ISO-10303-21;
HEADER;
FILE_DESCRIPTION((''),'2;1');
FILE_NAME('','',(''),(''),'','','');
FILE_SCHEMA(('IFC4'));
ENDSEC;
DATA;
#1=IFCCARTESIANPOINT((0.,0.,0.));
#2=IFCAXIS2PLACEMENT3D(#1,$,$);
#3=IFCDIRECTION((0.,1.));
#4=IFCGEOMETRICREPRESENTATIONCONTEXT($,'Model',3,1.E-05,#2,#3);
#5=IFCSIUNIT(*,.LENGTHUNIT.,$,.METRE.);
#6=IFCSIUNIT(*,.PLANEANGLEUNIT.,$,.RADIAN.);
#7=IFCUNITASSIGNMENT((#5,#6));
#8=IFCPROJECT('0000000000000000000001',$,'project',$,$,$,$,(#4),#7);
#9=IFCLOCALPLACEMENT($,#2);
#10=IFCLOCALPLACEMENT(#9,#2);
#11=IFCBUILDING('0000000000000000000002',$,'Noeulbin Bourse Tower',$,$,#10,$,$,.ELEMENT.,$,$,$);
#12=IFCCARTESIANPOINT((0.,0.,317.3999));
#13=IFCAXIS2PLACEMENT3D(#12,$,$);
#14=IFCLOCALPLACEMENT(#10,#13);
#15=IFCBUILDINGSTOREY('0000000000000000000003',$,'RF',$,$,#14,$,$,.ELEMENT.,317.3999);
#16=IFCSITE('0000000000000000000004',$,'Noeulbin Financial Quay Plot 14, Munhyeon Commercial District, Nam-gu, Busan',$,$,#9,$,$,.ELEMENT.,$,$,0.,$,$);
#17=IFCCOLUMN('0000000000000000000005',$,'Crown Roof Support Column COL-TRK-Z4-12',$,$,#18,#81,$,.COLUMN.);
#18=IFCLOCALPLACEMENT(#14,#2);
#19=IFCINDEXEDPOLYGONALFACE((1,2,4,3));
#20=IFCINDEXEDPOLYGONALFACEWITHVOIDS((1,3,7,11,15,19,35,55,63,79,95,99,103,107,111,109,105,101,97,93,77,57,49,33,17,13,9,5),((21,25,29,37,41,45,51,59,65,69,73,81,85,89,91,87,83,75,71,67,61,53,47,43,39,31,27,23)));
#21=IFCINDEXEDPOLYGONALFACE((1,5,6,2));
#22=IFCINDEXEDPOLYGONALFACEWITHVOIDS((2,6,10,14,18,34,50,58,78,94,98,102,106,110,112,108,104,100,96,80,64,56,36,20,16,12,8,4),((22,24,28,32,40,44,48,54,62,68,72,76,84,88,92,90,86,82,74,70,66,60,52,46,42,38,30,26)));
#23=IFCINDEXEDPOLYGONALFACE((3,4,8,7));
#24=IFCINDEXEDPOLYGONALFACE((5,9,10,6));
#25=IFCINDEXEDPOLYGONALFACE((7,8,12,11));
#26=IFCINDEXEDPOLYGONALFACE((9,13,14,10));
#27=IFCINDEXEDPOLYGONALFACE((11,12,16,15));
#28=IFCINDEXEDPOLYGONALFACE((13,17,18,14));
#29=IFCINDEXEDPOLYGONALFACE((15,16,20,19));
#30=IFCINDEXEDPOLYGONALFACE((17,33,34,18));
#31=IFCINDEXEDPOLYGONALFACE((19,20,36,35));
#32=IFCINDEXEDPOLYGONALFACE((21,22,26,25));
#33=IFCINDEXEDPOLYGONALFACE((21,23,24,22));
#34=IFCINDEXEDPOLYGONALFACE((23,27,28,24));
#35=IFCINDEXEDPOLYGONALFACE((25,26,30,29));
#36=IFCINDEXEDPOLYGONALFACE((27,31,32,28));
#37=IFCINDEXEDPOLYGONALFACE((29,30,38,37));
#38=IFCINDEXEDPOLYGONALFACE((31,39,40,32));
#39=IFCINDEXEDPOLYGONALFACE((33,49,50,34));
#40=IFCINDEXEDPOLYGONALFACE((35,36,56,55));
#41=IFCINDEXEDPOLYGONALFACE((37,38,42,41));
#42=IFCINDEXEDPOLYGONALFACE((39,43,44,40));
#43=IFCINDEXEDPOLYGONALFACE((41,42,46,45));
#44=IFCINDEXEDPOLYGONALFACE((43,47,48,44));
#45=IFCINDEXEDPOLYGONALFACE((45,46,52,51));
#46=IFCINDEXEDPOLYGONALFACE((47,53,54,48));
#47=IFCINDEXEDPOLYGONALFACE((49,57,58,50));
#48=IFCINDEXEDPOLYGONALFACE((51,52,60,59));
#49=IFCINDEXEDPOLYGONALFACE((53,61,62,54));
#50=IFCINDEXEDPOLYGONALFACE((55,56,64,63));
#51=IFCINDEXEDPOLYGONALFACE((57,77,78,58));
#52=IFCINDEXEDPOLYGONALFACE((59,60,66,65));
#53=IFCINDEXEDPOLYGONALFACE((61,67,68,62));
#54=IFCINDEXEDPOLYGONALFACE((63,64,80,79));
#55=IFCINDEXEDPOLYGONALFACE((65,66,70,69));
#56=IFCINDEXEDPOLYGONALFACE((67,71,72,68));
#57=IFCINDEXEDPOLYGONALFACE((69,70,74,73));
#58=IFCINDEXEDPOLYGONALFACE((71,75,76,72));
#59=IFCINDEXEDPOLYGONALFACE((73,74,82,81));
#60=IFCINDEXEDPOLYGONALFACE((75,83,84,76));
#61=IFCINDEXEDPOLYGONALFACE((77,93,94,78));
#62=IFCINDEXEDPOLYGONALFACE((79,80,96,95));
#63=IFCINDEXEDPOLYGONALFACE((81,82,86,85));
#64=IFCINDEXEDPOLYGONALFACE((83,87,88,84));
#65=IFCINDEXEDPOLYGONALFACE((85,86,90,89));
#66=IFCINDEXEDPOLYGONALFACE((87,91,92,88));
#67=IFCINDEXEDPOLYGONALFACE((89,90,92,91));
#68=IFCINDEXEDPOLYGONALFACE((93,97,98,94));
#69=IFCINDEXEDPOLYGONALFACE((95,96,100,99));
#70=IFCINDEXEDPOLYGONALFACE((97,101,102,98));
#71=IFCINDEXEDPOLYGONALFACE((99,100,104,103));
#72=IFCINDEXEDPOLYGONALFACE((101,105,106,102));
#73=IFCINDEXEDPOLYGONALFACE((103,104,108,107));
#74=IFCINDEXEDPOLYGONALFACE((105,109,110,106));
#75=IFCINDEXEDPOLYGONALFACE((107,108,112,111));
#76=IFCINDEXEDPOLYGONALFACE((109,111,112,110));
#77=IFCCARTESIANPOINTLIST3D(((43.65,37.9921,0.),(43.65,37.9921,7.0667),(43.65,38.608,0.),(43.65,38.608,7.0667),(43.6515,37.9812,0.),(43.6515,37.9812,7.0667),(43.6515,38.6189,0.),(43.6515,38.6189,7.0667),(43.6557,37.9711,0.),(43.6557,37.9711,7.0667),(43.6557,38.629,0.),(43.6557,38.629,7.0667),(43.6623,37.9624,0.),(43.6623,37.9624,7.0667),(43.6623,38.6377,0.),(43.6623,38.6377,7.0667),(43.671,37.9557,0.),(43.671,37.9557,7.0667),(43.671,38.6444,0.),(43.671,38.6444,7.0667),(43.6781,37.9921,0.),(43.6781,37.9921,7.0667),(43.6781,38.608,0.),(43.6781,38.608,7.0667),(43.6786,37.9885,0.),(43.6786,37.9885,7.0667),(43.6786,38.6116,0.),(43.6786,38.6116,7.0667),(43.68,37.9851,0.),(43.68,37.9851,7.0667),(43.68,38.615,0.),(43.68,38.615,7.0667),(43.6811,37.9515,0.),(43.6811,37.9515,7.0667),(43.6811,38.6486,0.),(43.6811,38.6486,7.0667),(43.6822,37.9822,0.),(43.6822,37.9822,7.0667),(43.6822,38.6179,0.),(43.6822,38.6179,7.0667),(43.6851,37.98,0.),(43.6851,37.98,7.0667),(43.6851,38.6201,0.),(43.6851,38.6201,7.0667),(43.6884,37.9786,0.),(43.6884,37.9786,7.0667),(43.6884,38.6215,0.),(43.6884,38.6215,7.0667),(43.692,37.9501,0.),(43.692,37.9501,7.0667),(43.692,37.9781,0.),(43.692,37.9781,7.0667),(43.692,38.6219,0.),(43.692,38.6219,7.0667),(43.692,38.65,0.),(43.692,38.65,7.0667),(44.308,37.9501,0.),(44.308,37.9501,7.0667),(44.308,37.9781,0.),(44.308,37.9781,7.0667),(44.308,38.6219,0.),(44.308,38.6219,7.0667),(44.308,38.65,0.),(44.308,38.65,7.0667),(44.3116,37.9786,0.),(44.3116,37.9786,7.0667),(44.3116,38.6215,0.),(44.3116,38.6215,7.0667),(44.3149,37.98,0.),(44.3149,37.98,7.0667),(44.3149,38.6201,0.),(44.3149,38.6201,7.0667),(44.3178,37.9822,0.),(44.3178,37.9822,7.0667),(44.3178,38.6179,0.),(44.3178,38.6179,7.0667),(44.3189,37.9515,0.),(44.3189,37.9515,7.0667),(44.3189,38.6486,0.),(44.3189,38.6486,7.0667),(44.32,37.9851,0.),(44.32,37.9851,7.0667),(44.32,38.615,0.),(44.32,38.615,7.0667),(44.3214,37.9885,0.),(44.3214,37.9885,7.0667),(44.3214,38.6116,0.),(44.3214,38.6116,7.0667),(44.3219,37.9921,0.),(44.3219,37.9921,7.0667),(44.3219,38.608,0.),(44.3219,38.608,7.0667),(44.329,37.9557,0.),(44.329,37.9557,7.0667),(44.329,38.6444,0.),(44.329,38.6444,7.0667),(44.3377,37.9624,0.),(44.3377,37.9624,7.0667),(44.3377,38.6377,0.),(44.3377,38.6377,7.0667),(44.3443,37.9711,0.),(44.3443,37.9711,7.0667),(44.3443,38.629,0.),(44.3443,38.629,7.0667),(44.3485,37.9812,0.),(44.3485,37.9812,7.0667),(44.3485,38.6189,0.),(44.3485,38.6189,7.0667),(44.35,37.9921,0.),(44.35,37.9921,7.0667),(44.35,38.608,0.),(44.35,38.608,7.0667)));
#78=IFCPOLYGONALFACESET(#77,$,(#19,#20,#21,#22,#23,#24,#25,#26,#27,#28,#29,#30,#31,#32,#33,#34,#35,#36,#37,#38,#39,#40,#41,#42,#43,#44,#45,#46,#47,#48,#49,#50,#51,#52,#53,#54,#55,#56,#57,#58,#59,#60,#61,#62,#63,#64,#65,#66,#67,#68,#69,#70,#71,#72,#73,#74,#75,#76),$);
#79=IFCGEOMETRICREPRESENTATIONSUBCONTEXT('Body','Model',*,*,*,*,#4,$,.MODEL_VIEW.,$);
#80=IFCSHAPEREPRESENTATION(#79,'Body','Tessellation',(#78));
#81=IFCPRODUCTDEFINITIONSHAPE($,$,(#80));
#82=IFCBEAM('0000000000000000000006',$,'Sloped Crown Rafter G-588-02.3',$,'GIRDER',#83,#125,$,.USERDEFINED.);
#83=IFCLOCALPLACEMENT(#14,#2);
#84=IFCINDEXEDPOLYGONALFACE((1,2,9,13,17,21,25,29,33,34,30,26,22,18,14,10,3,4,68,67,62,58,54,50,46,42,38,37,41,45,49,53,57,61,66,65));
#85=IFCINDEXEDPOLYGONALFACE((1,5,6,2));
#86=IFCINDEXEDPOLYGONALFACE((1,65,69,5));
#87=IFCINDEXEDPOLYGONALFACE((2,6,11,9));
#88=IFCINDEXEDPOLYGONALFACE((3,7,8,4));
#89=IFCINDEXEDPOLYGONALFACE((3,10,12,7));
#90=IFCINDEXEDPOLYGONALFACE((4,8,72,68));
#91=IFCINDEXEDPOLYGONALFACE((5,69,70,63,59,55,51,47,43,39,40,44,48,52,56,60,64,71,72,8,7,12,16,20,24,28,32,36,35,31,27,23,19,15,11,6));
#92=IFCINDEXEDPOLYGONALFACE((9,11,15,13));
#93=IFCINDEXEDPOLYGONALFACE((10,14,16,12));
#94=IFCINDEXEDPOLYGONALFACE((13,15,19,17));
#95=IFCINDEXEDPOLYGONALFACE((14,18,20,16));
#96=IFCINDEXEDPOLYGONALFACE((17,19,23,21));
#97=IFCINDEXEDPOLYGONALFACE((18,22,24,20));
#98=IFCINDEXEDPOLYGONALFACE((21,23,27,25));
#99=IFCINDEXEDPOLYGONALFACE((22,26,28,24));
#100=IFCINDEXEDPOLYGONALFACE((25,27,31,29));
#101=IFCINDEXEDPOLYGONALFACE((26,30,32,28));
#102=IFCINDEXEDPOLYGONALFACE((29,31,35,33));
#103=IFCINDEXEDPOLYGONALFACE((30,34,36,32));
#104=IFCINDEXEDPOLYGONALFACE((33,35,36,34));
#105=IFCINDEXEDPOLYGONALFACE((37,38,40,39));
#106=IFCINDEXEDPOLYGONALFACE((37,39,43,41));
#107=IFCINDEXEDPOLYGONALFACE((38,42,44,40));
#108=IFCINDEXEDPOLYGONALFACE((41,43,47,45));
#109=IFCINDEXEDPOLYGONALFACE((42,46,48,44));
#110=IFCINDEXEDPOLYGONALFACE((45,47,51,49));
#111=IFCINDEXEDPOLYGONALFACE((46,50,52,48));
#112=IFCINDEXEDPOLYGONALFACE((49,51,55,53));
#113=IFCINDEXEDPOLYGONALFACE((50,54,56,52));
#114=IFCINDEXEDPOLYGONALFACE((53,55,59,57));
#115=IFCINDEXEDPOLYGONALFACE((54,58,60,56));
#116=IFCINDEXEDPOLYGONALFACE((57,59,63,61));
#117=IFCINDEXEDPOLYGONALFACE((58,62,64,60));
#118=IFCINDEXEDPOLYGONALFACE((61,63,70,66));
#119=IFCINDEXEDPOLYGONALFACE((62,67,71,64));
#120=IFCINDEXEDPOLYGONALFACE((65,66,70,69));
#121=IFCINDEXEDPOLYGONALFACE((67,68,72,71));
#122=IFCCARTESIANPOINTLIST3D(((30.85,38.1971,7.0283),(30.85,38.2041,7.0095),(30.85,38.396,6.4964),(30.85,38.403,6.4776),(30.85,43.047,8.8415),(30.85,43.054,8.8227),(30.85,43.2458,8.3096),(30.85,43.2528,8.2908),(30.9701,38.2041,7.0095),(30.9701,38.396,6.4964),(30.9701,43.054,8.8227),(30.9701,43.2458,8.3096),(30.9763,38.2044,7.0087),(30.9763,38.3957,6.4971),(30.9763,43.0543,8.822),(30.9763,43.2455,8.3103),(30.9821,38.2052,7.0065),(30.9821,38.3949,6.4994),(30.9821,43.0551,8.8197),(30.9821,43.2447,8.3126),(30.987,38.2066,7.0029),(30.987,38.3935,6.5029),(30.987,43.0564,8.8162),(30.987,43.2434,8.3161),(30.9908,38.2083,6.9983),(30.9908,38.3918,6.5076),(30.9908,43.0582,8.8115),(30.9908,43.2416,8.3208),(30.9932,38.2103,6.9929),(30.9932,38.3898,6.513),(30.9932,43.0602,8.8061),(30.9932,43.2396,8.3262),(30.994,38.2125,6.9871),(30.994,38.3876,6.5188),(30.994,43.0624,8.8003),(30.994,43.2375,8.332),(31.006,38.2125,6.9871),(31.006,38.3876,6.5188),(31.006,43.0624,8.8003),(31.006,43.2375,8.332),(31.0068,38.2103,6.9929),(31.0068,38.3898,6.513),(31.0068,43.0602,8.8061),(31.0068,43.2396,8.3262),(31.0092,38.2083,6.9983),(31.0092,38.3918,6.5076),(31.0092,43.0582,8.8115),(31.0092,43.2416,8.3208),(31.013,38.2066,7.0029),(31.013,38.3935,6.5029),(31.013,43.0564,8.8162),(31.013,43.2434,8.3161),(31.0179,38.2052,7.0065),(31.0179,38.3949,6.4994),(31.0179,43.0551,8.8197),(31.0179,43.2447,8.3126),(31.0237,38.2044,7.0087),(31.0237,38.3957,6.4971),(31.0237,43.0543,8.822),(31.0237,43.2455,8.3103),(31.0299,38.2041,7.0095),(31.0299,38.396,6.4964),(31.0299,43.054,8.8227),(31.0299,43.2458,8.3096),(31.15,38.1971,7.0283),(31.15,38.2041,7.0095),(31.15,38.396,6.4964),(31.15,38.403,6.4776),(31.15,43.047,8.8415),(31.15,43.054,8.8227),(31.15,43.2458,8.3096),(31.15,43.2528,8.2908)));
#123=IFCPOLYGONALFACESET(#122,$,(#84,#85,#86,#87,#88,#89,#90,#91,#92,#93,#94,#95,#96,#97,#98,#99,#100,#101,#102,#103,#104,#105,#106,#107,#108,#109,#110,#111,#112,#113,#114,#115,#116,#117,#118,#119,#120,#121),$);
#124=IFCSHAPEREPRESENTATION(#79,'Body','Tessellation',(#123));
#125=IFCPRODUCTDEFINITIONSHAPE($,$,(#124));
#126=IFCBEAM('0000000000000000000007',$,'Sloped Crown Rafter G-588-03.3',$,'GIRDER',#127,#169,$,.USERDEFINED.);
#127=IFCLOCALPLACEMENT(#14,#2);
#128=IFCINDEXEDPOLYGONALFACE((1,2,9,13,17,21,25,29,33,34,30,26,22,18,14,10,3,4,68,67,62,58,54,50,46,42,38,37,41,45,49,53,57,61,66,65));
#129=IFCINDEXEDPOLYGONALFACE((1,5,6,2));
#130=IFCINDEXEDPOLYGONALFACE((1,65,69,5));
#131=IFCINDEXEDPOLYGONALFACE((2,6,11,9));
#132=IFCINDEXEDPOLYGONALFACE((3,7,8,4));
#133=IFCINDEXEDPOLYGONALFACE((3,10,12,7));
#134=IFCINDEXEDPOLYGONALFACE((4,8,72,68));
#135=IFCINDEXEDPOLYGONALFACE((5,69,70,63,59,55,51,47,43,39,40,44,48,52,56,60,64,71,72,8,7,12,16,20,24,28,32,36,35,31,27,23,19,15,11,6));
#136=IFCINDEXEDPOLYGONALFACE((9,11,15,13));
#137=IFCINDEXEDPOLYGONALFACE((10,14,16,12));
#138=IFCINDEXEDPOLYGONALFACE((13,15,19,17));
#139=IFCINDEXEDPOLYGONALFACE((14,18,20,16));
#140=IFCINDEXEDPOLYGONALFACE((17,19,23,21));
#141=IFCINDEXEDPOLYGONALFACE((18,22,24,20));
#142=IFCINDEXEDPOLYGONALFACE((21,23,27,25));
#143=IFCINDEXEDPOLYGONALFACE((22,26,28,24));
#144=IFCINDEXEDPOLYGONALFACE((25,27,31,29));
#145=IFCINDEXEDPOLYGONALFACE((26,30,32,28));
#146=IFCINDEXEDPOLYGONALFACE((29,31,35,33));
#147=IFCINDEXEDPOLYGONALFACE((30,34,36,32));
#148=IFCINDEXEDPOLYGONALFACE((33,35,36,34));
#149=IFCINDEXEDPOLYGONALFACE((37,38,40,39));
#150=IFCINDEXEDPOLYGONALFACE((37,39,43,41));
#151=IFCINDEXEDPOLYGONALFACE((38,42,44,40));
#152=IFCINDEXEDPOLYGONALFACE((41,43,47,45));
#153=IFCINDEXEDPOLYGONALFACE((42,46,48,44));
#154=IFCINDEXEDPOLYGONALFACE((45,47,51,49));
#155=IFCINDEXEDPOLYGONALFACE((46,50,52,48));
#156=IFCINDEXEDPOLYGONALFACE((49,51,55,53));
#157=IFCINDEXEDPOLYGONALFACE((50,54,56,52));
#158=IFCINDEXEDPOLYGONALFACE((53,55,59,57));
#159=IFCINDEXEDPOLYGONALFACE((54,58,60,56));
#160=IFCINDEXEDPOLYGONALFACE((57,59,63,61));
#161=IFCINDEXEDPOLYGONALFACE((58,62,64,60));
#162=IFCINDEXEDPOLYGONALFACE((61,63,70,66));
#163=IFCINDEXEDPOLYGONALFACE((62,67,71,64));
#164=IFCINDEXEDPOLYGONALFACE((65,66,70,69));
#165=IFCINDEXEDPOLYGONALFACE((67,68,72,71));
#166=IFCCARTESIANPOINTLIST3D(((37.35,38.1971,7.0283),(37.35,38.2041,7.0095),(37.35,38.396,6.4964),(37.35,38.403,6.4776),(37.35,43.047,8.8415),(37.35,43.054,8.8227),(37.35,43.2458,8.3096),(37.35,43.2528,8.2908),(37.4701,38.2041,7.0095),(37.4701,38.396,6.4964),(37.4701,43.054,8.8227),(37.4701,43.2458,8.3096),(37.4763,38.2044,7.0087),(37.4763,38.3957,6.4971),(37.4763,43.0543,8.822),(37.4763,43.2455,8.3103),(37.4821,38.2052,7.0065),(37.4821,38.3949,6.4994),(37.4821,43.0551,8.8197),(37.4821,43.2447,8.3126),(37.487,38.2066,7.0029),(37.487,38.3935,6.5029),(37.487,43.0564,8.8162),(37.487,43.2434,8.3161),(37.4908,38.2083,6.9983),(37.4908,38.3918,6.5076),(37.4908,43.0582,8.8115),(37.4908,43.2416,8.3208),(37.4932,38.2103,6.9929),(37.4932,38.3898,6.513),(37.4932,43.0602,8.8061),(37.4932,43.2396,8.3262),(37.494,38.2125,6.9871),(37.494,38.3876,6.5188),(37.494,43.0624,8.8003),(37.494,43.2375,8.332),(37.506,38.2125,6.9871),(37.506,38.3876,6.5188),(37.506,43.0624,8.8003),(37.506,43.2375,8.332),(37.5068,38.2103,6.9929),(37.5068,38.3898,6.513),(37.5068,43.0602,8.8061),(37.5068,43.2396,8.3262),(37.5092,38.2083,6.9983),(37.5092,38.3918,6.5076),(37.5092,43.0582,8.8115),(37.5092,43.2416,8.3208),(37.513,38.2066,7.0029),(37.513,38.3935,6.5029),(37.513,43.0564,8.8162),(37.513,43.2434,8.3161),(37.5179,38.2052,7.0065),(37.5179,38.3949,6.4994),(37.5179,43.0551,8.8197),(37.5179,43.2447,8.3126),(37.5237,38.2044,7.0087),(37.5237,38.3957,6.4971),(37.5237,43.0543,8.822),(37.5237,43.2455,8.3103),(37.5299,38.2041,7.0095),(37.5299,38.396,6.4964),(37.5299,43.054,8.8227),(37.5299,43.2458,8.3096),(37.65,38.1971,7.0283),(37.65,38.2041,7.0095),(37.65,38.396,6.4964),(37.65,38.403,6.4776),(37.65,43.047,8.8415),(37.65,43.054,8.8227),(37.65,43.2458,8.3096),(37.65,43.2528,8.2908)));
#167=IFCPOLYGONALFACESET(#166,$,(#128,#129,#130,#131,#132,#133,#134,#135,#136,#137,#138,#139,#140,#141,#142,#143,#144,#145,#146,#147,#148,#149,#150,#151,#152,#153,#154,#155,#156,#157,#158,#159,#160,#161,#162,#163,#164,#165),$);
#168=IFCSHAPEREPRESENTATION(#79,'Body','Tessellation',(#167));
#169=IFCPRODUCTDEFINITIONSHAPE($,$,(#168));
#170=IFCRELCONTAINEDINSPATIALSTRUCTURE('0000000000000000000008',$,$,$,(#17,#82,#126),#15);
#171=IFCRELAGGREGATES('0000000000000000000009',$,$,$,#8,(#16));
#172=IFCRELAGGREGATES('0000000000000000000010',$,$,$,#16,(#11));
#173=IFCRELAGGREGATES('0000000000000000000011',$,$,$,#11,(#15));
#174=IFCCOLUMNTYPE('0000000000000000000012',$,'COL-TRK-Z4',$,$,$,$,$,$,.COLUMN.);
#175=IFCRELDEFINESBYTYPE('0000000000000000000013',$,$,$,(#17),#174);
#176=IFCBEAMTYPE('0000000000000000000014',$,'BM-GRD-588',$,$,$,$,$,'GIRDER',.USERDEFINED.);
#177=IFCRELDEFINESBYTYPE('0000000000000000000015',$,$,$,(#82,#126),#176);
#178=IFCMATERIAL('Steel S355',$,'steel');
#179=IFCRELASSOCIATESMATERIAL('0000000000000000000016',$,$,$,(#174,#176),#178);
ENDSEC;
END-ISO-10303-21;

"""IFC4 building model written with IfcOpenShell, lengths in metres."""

from ifc_helpers import new_model, si_unit, direction, frame, origin, origin_2d, place, context, subcontext, project, spatial, hollow_rectangle, i_section, extrude, material, material_profile, profile_set, type_object, element, save


model = new_model("IFC4")

# Units and contexts
model_context = context("Model", 3, precision=1e-05, world=origin(), true_north=direction((0.0, 1.0)))
body_context = subcontext(model_context, "Body", "Model", "MODEL_VIEW")
ifc_project = project(units=[si_unit("LENGTHUNIT", "METRE"), si_unit("PLANEANGLEUNIT", "RADIAN")], contexts=[model_context])

# Site, building, storey
site_placement = place(None, origin())
site = spatial("IfcSite", under=ifc_project, at=site_placement, Name="Noeulbin Financial Quay Plot 14, Munhyeon Commercial District, Nam-gu, Busan", CompositionType="ELEMENT", RefElevation=0.0)
building_placement = place(site_placement, origin())
building = spatial("IfcBuilding", under=site, at=building_placement, Name="Noeulbin Bourse Tower", CompositionType="ELEMENT")
storey_placement = place(building_placement, frame((0.0, 0.0, 317.3999)))
storey = spatial("IfcBuildingStorey", under=building, at=storey_placement, Name="RF", CompositionType="ELEMENT", Elevation=317.3999)

# Column
ifc_material_1 = material(Name="Steel S355", Category="steel")
ifc_material_profile_1 = material_profile(ifc_material_1, hollow_rectangle(XDim=0.7, YDim=0.7, WallThickness=0.0281, InnerFilletRadius=0.0139, OuterFilletRadius=0.042, at=origin_2d()), Name="BOX-700x700x28", Category="LoadBearing")
ifc_profile_set_1 = profile_set([ifc_material_profile_1], Name="Steel S355")
column_type_1 = type_object("IfcColumnType", Name="COL-TRK-Z4", PredefinedType="COLUMN", material=ifc_profile_set_1)
for number, where, z_axis, x_axis, name in (
    (1, (44.0, 38.3, 0.0), (0.0, 0.0, 1.0), (1.0, 0.0, 0.0), "Crown Roof Support Column COL-TRK-Z4-12"),
):
    element("IfcColumn", number, at=place(storey_placement, frame(where, z_axis=z_axis, x_axis=x_axis)), inside=storey, type_object=column_type_1, Name=name, PredefinedType="COLUMN", context=body_context, shape_type="SweptSolid", body=[
        extrude(hollow_rectangle(XDim=0.7, YDim=0.7, WallThickness=0.0281, InnerFilletRadius=0.0139, OuterFilletRadius=0.042, at=origin_2d()), origin(), (0.0, 0.0, 1.0), 7.0667),
    ])

# Beams
ifc_material_profile_2 = material_profile(ifc_material_1, i_section(OverallWidth=0.3, OverallDepth=0.5879, WebThickness=0.012, FlangeThickness=0.02, FilletRadius=0.0239, at=origin_2d()), Name="H-588x300x12x20", Category="LoadBearing")
ifc_profile_set_2 = profile_set([ifc_material_profile_2], Name="Steel S355")
beam_type = type_object("IfcBeamType", Name="BM-GRD-588", ElementType="GIRDER", PredefinedType="USERDEFINED", material=ifc_profile_set_2)
for number, where, z_axis, x_axis, name in (
    (2, (31.0, 38.3, 6.7529), (0.0, 0.936676, 0.350198), (-1.0, 0.0, 0.0), "Sloped Crown Rafter G-588-02.3"),
    (3, (37.5, 38.3, 6.7529), (0.0, 0.936676, 0.350198), (-1.0, 0.0, 0.0), "Sloped Crown Rafter G-588-03.3"),
):
    element("IfcBeam", number, at=place(storey_placement, frame(where, z_axis=z_axis, x_axis=x_axis)), inside=storey, type_object=beam_type, Name=name, ObjectType="GIRDER", PredefinedType="USERDEFINED", context=body_context, shape_type="SweptSolid", body=[
        extrude(i_section(OverallWidth=0.3, OverallDepth=0.5879, WebThickness=0.012, FlangeThickness=0.02, FilletRadius=0.0239, at=origin_2d()), origin(), (0.0, 0.0, 1.0), 5.1777),
    ])

save(model, "model.ifc")
